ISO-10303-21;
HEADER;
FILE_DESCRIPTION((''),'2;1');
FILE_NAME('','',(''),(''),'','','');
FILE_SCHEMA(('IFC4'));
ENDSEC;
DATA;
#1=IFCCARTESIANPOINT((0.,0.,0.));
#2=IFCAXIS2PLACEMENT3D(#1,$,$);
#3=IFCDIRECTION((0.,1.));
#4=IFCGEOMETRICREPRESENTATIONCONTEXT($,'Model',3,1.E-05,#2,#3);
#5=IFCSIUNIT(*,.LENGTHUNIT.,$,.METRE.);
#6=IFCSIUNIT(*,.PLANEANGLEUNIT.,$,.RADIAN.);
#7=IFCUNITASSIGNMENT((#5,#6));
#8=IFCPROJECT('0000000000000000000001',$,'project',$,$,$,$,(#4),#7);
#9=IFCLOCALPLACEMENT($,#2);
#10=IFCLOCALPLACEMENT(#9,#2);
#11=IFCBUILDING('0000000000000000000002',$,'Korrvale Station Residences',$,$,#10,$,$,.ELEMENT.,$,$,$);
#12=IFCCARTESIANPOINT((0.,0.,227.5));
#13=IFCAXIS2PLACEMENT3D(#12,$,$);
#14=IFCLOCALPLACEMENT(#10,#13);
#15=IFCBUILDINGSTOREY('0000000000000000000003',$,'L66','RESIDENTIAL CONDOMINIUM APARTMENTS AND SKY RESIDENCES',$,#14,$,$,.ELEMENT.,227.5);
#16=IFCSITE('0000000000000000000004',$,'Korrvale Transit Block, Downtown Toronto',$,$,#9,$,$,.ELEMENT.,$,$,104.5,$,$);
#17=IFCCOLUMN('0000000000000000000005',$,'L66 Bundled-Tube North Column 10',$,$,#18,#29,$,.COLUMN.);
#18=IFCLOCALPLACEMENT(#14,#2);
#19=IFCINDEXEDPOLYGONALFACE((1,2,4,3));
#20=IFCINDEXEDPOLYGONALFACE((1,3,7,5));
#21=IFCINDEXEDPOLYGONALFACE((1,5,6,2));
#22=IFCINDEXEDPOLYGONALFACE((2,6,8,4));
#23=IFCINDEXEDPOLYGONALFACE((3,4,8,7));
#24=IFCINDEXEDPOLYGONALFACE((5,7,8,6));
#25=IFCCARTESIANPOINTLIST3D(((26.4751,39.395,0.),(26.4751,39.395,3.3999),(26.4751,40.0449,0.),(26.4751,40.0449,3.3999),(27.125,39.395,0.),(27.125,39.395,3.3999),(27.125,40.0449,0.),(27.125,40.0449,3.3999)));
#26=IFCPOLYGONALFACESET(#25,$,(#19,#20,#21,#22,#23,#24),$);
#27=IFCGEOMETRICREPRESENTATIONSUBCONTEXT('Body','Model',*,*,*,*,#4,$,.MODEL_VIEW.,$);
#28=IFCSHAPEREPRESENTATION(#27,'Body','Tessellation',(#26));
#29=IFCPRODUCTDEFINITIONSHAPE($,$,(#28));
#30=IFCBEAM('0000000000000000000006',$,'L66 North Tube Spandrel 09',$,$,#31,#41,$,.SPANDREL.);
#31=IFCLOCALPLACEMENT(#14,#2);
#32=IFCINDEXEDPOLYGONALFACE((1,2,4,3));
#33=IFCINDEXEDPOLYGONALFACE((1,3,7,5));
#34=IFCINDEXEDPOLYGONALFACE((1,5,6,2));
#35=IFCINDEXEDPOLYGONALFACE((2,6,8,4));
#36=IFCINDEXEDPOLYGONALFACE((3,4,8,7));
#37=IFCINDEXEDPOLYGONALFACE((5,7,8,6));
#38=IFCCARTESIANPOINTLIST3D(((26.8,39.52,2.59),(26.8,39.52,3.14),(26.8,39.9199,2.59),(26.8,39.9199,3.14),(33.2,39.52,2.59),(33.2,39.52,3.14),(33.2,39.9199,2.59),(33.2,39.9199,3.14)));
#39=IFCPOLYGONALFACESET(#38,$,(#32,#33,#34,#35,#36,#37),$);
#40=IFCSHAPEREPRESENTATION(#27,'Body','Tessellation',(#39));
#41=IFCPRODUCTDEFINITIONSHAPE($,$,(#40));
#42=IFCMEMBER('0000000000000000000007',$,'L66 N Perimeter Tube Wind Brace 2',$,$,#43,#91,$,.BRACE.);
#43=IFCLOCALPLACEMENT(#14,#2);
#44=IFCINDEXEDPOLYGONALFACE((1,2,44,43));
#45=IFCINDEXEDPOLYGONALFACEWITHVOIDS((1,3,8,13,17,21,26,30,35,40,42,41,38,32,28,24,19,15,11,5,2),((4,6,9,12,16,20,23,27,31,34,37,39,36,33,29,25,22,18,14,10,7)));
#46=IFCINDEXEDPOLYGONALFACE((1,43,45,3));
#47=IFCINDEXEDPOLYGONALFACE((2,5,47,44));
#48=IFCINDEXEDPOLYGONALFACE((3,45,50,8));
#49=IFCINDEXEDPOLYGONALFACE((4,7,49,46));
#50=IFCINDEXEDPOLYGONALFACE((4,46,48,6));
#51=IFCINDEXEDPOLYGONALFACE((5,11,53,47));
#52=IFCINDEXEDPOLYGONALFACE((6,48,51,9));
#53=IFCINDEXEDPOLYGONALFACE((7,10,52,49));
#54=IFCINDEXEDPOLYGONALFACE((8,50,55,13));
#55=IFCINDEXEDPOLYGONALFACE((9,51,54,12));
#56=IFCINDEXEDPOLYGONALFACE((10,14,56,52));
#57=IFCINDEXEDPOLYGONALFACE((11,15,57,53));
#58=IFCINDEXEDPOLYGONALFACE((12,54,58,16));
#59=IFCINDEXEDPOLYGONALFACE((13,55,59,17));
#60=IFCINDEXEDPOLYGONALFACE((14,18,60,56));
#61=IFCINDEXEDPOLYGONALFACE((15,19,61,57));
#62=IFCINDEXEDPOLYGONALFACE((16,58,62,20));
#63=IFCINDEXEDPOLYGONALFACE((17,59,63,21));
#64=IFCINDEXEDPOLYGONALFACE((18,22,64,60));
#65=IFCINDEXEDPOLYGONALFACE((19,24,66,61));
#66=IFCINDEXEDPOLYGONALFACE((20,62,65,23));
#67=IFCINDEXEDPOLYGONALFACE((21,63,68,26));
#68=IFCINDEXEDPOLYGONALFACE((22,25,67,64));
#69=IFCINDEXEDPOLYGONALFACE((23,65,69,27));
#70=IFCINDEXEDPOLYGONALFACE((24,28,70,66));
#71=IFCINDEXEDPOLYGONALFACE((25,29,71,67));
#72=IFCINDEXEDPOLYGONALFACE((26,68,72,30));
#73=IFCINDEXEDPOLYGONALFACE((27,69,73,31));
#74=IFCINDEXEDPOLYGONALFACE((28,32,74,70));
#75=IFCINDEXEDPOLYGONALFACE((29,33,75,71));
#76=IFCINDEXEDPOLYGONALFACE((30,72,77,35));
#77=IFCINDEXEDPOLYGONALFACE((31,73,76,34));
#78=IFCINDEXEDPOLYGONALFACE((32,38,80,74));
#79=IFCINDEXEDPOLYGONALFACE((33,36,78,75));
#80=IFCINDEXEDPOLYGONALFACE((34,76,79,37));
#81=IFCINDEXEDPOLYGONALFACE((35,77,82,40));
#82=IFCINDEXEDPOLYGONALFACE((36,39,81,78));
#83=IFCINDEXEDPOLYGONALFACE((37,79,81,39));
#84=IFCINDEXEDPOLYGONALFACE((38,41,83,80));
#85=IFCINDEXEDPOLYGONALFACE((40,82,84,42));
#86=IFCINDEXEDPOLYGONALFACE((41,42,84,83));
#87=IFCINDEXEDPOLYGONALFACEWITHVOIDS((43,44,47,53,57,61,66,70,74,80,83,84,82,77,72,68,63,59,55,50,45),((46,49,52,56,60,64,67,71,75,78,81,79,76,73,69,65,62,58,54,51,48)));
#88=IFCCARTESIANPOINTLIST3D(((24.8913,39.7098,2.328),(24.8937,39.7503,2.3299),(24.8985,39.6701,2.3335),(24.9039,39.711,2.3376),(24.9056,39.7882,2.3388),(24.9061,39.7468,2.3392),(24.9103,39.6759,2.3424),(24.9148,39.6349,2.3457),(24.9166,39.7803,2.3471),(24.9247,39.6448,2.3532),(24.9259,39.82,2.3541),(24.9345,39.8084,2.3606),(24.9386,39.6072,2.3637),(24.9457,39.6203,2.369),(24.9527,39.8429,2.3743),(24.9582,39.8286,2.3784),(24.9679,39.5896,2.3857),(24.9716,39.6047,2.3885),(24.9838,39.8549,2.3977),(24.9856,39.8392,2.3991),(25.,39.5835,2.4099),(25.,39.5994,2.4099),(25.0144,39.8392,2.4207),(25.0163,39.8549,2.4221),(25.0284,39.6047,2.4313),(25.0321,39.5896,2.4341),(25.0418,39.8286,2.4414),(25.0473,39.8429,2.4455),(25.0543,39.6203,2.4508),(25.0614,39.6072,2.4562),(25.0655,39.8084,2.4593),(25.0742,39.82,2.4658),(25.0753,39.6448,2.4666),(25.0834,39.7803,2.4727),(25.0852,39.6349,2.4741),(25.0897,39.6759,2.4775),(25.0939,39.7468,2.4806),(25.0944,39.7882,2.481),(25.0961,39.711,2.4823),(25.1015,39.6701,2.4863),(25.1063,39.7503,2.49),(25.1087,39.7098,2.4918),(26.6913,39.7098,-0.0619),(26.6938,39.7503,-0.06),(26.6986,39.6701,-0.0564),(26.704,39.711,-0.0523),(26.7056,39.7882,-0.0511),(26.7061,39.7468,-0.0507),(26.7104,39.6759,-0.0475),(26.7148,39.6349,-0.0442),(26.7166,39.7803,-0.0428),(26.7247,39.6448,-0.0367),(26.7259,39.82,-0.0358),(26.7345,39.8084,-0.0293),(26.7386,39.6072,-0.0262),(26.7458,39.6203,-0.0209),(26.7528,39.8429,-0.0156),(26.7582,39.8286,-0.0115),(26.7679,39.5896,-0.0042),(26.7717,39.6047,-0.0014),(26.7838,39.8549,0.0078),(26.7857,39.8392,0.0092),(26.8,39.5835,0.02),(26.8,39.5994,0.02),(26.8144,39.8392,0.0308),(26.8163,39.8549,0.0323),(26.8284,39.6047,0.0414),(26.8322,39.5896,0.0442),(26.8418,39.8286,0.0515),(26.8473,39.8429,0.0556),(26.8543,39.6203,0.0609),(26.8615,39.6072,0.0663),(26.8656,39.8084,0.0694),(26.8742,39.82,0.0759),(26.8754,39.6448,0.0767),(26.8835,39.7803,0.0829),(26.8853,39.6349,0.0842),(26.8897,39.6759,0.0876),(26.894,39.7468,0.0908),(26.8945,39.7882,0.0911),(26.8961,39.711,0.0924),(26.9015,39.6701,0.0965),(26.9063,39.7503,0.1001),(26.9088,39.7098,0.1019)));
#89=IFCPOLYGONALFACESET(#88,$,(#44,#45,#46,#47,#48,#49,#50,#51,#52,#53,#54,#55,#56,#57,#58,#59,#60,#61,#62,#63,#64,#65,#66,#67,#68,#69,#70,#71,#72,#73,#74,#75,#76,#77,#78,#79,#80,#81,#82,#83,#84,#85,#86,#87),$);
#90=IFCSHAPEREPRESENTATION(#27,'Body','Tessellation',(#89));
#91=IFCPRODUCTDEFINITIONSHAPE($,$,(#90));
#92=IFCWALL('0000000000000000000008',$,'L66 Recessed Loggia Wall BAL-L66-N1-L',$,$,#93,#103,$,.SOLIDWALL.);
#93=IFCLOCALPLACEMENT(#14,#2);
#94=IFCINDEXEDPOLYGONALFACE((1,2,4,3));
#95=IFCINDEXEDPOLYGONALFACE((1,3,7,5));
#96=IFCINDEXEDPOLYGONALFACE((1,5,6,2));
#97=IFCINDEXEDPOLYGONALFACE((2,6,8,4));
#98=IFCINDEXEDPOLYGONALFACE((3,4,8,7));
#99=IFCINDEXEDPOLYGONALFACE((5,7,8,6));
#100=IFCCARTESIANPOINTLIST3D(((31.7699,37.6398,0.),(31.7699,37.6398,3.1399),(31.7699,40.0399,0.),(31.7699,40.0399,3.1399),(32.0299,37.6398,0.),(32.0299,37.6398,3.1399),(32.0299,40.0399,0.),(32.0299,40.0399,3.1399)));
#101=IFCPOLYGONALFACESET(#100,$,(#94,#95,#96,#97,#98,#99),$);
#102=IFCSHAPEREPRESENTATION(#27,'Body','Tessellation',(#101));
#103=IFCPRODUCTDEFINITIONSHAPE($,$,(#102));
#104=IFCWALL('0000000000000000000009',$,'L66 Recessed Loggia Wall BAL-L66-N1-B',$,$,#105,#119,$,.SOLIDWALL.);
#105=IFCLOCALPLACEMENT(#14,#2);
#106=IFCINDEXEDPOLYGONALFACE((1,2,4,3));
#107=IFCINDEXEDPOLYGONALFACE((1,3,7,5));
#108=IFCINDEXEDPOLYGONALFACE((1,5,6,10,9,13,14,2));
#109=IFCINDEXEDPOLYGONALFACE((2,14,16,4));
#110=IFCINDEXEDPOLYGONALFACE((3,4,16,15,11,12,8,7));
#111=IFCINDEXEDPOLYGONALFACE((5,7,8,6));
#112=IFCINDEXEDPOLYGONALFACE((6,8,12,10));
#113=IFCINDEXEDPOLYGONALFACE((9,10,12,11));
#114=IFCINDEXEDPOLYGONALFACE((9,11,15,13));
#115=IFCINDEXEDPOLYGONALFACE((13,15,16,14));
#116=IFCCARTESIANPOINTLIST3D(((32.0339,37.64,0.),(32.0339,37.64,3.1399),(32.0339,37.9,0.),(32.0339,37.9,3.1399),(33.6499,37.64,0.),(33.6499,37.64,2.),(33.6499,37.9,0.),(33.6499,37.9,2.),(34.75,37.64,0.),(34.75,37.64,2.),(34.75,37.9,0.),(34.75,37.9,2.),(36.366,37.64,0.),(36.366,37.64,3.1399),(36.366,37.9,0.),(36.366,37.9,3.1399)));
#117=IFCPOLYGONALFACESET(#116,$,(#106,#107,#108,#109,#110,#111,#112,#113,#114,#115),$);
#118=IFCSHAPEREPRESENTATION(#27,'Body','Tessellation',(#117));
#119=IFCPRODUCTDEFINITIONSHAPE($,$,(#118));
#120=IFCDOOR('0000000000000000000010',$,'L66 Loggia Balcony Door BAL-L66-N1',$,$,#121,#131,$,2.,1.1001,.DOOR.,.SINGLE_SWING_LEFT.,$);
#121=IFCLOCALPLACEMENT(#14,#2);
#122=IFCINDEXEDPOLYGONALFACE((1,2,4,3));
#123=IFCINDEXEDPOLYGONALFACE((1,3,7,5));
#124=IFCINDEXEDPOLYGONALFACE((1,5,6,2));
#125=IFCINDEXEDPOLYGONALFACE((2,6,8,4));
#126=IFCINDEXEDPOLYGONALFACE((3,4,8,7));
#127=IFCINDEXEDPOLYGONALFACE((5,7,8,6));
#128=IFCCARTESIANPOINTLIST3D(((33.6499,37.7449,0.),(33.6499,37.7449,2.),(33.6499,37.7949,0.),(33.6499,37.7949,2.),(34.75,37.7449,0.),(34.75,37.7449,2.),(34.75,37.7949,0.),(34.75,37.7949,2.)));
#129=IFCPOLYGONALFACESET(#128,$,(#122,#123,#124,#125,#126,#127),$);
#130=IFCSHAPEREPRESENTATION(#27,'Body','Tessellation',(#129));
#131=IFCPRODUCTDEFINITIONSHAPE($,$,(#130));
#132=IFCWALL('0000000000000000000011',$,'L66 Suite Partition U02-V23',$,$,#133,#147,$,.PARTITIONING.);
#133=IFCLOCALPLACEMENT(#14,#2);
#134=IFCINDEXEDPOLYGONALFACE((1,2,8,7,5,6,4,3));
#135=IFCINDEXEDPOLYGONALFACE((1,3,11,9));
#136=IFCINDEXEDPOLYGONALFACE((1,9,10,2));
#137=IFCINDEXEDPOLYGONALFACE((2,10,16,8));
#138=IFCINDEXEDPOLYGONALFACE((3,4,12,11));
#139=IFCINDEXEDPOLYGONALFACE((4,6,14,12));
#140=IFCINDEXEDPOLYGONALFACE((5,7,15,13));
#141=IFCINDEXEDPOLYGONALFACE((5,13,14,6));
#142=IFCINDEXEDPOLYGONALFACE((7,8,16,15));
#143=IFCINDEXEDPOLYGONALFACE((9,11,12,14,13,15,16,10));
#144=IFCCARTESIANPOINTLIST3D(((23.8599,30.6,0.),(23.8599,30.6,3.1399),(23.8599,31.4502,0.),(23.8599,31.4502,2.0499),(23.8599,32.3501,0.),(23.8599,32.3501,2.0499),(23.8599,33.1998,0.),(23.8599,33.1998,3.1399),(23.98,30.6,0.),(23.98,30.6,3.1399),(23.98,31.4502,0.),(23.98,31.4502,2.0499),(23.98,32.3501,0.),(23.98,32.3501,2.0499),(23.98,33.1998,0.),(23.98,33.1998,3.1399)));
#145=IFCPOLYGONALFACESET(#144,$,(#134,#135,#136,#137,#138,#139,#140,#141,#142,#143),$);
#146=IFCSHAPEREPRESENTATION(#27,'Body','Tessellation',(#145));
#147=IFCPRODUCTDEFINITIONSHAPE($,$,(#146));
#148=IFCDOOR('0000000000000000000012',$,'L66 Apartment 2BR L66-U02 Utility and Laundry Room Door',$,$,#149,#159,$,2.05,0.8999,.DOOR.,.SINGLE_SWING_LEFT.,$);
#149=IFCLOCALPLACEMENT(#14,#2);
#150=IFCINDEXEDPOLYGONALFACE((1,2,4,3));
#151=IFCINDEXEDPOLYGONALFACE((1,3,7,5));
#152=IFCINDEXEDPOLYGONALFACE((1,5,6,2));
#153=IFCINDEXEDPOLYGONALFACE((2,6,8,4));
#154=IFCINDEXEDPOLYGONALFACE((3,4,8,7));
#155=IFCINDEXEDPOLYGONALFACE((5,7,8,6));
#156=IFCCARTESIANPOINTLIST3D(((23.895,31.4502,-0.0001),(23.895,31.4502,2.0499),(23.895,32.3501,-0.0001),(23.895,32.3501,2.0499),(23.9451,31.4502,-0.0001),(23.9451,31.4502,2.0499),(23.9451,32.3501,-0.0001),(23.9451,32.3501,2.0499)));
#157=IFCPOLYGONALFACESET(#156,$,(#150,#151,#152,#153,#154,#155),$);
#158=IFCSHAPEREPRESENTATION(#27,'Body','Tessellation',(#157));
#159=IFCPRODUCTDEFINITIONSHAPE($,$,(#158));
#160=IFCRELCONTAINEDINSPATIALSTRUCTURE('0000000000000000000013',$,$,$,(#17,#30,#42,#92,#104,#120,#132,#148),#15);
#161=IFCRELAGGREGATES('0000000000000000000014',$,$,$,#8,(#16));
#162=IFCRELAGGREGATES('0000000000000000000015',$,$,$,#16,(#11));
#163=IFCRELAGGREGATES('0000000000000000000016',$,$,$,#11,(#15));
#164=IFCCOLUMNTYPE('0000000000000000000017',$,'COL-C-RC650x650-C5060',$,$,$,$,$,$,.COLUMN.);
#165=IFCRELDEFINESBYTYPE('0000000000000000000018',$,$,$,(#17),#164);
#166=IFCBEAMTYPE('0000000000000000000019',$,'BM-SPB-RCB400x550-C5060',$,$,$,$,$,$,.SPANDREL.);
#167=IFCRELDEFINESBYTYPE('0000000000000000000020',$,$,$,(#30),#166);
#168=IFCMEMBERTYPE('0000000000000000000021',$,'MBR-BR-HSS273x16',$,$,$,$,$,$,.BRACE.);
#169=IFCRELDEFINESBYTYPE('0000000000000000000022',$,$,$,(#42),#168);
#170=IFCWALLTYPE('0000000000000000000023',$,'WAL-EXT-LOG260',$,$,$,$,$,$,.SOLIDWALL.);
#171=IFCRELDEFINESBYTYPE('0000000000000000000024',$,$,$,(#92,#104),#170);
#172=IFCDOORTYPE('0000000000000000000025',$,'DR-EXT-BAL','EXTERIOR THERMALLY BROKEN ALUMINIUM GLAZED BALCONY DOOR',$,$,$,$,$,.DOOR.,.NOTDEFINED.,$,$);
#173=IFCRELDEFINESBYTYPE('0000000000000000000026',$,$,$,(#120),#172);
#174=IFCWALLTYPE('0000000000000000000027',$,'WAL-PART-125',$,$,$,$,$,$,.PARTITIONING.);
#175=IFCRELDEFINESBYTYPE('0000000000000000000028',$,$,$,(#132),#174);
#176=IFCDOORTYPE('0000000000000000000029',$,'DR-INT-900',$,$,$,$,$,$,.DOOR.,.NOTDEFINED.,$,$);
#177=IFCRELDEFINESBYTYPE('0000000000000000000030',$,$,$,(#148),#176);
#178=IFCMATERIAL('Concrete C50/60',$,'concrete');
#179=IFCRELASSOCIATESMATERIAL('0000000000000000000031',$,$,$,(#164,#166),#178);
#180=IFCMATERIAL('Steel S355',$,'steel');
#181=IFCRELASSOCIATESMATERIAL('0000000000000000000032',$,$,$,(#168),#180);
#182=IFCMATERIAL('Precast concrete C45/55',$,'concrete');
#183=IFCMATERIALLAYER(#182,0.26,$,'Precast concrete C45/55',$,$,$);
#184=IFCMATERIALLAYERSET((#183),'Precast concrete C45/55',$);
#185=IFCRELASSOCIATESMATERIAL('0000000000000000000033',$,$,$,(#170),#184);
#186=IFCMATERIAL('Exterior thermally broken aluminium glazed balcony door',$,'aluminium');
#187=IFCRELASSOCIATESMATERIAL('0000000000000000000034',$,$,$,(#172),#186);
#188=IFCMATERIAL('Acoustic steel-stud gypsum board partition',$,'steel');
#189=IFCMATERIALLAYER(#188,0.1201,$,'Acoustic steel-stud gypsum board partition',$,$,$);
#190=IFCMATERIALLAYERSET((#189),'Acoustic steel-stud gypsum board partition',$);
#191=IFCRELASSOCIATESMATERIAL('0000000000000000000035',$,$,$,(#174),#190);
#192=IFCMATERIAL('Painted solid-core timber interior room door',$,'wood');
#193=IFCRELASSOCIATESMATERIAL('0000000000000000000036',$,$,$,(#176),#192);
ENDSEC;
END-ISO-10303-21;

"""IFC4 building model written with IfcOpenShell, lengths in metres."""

from ifc_helpers import new_model, si_unit, direction, frame, frame_2d, origin, origin_2d, place, context, subcontext, project, spatial, rectangle, hollow_circle, extrude, material, layer, layer_set, material_profile, profile_set, type_object, element, fill, save


model = new_model("IFC4")

# Units and contexts
model_context = context("Model", 3, precision=1e-05, world=origin(), true_north=direction((0.0, 1.0)))
body_context = subcontext(model_context, "Body", "Model", "MODEL_VIEW")
ifc_project = project(units=[si_unit("LENGTHUNIT", "METRE"), si_unit("PLANEANGLEUNIT", "RADIAN")], contexts=[model_context])

# Site, building, storey
site_placement = place(None, origin())
site = spatial("IfcSite", under=ifc_project, at=site_placement, Name="Korrvale Transit Block, Downtown Toronto", CompositionType="ELEMENT", RefElevation=104.5)
building_placement = place(site_placement, origin())
building = spatial("IfcBuilding", under=site, at=building_placement, Name="Korrvale Station Residences", CompositionType="ELEMENT")
storey_placement = place(building_placement, frame((0.0, 0.0, 227.5)))
storey = spatial("IfcBuildingStorey", under=building, at=storey_placement, Name="L66", Description="RESIDENTIAL CONDOMINIUM APARTMENTS AND SKY RESIDENCES", CompositionType="ELEMENT", Elevation=227.5)

# Column
ifc_material_1 = material(Name="Concrete C50/60", Category="concrete")
ifc_material_profile_1 = material_profile(ifc_material_1, rectangle(XDim=0.6499, YDim=0.6499, at=origin_2d()), Name="RC650x650")
ifc_profile_set_1 = profile_set([ifc_material_profile_1], Name="Concrete C50/60")
column_type = type_object("IfcColumnType", Name="COL-C-RC650x650-C5060", PredefinedType="COLUMN", material=ifc_profile_set_1)
column_placement = place(storey_placement, frame((26.8, 39.72, 0.0), z_axis=(0.0, 0.0, 1.0), x_axis=(1.0, 0.0, 0.0)))
element("IfcColumn", 1, at=column_placement, inside=storey, type_object=column_type, Name="L66 Bundled-Tube North Column 10", PredefinedType="COLUMN", context=body_context, shape_type="SweptSolid", body=[
    extrude(rectangle(XDim=0.6499, YDim=0.6499, at=origin_2d()), origin(), (0.0, 0.0, 1.0), 3.3999),
])

# Beam
ifc_material_profile_2 = material_profile(ifc_material_1, rectangle(XDim=0.3999, YDim=0.55, at=origin_2d()), Name="RCB400x550")
ifc_profile_set_2 = profile_set([ifc_material_profile_2], Name="Concrete C50/60")
beam_type = type_object("IfcBeamType", Name="BM-SPB-RCB400x550-C5060", PredefinedType="SPANDREL", material=ifc_profile_set_2)
beam_placement = place(storey_placement, frame((26.8, 39.72, 2.865), z_axis=(1.0, 0.0, 0.0), x_axis=(0.0, 1.0, 0.0)))
element("IfcBeam", 2, at=beam_placement, inside=storey, type_object=beam_type, Name="L66 North Tube Spandrel 09", PredefinedType="SPANDREL", context=body_context, shape_type="SweptSolid", body=[
    extrude(rectangle(XDim=0.3999, YDim=0.55, at=origin_2d()), origin(), (0.0, 0.0, 1.0), 6.3999),
])

# Member
ifc_material_2 = material(Name="Steel S355", Category="steel")
ifc_material_profile_3 = material_profile(ifc_material_2, hollow_circle(Radius=0.1365, WallThickness=0.0159, at=origin_2d()), Name="HSS273x16")
ifc_profile_set_3 = profile_set([ifc_material_profile_3], Name="Steel S355")
member_type = type_object("IfcMemberType", Name="MBR-BR-HSS273x16", PredefinedType="BRACE", material=ifc_profile_set_3)
member_placement = place(storey_placement, frame((26.8, 39.72, 0.02), z_axis=(-0.601631, 0.0, 0.798774), x_axis=(0.0, -1.0, 0.0)))
element("IfcMember", 3, at=member_placement, inside=storey, type_object=member_type, Name="L66 N Perimeter Tube Wind Brace 2", PredefinedType="BRACE", context=body_context, shape_type="SweptSolid", body=[
    extrude(hollow_circle(Radius=0.1365, WallThickness=0.0159, at=origin_2d()), origin(), (0.0, 0.0, 1.0), 2.9919),
])

# Wall
ifc_material_3 = material(Name="Precast concrete C45/55", Category="concrete")
ifc_layer_1 = layer(ifc_material_3, 0.26, Name="Precast concrete C45/55")
ifc_layer_set_1 = layer_set([ifc_layer_1], Name="Precast concrete C45/55")
wall_type_1 = type_object("IfcWallType", Name="WAL-EXT-LOG260", PredefinedType="SOLIDWALL", material=ifc_layer_set_1)
wall_1_placement = place(storey_placement, frame((31.8999, 40.04, 0.0), z_axis=(0.0, 0.0, 1.0), x_axis=(0.0, -1.0, 0.0)))
element("IfcWall", 4, at=wall_1_placement, inside=storey, type_object=wall_type_1, Name="L66 Recessed Loggia Wall BAL-L66-N1-L", PredefinedType="SOLIDWALL", context=body_context, shape_type="SweptSolid", body=[
    extrude(rectangle(XDim=2.4001, YDim=0.26, at=frame_2d((1.2002, 0.0))), origin(), (0.0, 0.0, 1.0), 3.1399),
])

# Walls, openings, doors
wall_2_placement = place(storey_placement, frame((32.0339, 37.77, 0.0), z_axis=(0.0, 0.0, 1.0), x_axis=(1.0, 0.0, 0.0)))
wall_2 = element("IfcWall", 5, at=wall_2_placement, inside=storey, type_object=wall_type_1, Name="L66 Recessed Loggia Wall BAL-L66-N1-B", PredefinedType="SOLIDWALL", context=body_context, shape_type="SweptSolid", body=[
    extrude(rectangle(XDim=4.332, YDim=0.26, at=frame_2d((2.166, 0.0))), origin(), (0.0, 0.0, 1.0), 3.1399),
])
opening_1_placement = place(wall_2_placement, frame((1.616, 0.0, 0.0)))
opening_1 = element("IfcOpeningElement", 6, at=opening_1_placement, cuts=wall_2, PredefinedType="OPENING", context=body_context, shape_type="SweptSolid", body=[
    extrude(rectangle(XDim=1.1001, YDim=2.0, at=frame_2d((0.55, 1.0))), frame((0.0, 0.1401, 0.0), z_axis=(0.0, -1.0, 0.0), x_axis=(1.0, 0.0, 0.0)), (0.0, 0.0, 1.0), 0.28),
])
ifc_material_4 = material(Name="Exterior thermally broken aluminium glazed balcony door", Category="aluminium")
door_type_1 = type_object("IfcDoorType", Name="DR-EXT-BAL", Description="EXTERIOR THERMALLY BROKEN ALUMINIUM GLAZED BALCONY DOOR", OperationType="NOTDEFINED", PredefinedType="DOOR", material=ifc_material_4)
door_1_placement = place(opening_1_placement, origin())
door_1 = element("IfcDoor", 7, at=door_1_placement, inside=storey, type_object=door_type_1, Name="L66 Loggia Balcony Door BAL-L66-N1", OperationType="SINGLE_SWING_LEFT", OverallHeight=2.0, OverallWidth=1.1001, PredefinedType="DOOR", context=body_context, shape_type="SweptSolid", body=[
    extrude(rectangle(XDim=1.1001, YDim=2.0, at=frame_2d((0.55, 1.0))), frame((0.0, 0.0249, 0.0), z_axis=(0.0, -1.0, 0.0), x_axis=(1.0, 0.0, 0.0)), (0.0, 0.0, 1.0), 0.05),
])
fill(opening_1, door_1)
ifc_material_5 = material(Name="Acoustic steel-stud gypsum board partition", Category="steel")
ifc_layer_2 = layer(ifc_material_5, 0.1201, Name="Acoustic steel-stud gypsum board partition")
ifc_layer_set_2 = layer_set([ifc_layer_2], Name="Acoustic steel-stud gypsum board partition")
wall_type_2 = type_object("IfcWallType", Name="WAL-PART-125", PredefinedType="PARTITIONING", material=ifc_layer_set_2)
wall_3_placement = place(storey_placement, frame((23.9199, 30.6001, 0.0), z_axis=(0.0, 0.0, 1.0), x_axis=(0.0, 1.0, 0.0)))
wall_3 = element("IfcWall", 8, at=wall_3_placement, inside=storey, type_object=wall_type_2, Name="L66 Suite Partition U02-V23", PredefinedType="PARTITIONING", context=body_context, shape_type="SweptSolid", body=[
    extrude(rectangle(XDim=2.5999, YDim=0.1201, at=frame_2d((1.2998, 0.0))), origin(), (0.0, 0.0, 1.0), 3.1399),
])
opening_2_placement = place(wall_3_placement, frame((0.8501, 0.0, 0.0)))
opening_2 = element("IfcOpeningElement", 9, at=opening_2_placement, cuts=wall_3, PredefinedType="OPENING", context=body_context, shape_type="SweptSolid", body=[
    extrude(rectangle(XDim=0.8999, YDim=2.05, at=frame_2d((0.45, 1.0249))), frame((0.0, 0.0701, 0.0), z_axis=(0.0, -1.0, 0.0), x_axis=(1.0, 0.0, 0.0)), (0.0, 0.0, 1.0), 0.1401),
])
ifc_material_6 = material(Name="Painted solid-core timber interior room door", Category="wood")
door_type_2 = type_object("IfcDoorType", Name="DR-INT-900", OperationType="NOTDEFINED", PredefinedType="DOOR", material=ifc_material_6)
door_2_placement = place(opening_2_placement, origin())
door_2 = element("IfcDoor", 10, at=door_2_placement, inside=storey, type_object=door_type_2, Name="L66 Apartment 2BR L66-U02 Utility and Laundry Room Door", OperationType="SINGLE_SWING_LEFT", OverallHeight=2.05, OverallWidth=0.8999, PredefinedType="DOOR", context=body_context, shape_type="SweptSolid", body=[
    extrude(rectangle(XDim=0.8999, YDim=2.05, at=frame_2d((0.45, 1.0249))), frame((0.0, 0.0249, 0.0), z_axis=(0.0, -1.0, 0.0), x_axis=(1.0, 0.0, 0.0)), (0.0, 0.0, 1.0), 0.05),
])
fill(opening_2, door_2)

save(model, "model.ifc")
